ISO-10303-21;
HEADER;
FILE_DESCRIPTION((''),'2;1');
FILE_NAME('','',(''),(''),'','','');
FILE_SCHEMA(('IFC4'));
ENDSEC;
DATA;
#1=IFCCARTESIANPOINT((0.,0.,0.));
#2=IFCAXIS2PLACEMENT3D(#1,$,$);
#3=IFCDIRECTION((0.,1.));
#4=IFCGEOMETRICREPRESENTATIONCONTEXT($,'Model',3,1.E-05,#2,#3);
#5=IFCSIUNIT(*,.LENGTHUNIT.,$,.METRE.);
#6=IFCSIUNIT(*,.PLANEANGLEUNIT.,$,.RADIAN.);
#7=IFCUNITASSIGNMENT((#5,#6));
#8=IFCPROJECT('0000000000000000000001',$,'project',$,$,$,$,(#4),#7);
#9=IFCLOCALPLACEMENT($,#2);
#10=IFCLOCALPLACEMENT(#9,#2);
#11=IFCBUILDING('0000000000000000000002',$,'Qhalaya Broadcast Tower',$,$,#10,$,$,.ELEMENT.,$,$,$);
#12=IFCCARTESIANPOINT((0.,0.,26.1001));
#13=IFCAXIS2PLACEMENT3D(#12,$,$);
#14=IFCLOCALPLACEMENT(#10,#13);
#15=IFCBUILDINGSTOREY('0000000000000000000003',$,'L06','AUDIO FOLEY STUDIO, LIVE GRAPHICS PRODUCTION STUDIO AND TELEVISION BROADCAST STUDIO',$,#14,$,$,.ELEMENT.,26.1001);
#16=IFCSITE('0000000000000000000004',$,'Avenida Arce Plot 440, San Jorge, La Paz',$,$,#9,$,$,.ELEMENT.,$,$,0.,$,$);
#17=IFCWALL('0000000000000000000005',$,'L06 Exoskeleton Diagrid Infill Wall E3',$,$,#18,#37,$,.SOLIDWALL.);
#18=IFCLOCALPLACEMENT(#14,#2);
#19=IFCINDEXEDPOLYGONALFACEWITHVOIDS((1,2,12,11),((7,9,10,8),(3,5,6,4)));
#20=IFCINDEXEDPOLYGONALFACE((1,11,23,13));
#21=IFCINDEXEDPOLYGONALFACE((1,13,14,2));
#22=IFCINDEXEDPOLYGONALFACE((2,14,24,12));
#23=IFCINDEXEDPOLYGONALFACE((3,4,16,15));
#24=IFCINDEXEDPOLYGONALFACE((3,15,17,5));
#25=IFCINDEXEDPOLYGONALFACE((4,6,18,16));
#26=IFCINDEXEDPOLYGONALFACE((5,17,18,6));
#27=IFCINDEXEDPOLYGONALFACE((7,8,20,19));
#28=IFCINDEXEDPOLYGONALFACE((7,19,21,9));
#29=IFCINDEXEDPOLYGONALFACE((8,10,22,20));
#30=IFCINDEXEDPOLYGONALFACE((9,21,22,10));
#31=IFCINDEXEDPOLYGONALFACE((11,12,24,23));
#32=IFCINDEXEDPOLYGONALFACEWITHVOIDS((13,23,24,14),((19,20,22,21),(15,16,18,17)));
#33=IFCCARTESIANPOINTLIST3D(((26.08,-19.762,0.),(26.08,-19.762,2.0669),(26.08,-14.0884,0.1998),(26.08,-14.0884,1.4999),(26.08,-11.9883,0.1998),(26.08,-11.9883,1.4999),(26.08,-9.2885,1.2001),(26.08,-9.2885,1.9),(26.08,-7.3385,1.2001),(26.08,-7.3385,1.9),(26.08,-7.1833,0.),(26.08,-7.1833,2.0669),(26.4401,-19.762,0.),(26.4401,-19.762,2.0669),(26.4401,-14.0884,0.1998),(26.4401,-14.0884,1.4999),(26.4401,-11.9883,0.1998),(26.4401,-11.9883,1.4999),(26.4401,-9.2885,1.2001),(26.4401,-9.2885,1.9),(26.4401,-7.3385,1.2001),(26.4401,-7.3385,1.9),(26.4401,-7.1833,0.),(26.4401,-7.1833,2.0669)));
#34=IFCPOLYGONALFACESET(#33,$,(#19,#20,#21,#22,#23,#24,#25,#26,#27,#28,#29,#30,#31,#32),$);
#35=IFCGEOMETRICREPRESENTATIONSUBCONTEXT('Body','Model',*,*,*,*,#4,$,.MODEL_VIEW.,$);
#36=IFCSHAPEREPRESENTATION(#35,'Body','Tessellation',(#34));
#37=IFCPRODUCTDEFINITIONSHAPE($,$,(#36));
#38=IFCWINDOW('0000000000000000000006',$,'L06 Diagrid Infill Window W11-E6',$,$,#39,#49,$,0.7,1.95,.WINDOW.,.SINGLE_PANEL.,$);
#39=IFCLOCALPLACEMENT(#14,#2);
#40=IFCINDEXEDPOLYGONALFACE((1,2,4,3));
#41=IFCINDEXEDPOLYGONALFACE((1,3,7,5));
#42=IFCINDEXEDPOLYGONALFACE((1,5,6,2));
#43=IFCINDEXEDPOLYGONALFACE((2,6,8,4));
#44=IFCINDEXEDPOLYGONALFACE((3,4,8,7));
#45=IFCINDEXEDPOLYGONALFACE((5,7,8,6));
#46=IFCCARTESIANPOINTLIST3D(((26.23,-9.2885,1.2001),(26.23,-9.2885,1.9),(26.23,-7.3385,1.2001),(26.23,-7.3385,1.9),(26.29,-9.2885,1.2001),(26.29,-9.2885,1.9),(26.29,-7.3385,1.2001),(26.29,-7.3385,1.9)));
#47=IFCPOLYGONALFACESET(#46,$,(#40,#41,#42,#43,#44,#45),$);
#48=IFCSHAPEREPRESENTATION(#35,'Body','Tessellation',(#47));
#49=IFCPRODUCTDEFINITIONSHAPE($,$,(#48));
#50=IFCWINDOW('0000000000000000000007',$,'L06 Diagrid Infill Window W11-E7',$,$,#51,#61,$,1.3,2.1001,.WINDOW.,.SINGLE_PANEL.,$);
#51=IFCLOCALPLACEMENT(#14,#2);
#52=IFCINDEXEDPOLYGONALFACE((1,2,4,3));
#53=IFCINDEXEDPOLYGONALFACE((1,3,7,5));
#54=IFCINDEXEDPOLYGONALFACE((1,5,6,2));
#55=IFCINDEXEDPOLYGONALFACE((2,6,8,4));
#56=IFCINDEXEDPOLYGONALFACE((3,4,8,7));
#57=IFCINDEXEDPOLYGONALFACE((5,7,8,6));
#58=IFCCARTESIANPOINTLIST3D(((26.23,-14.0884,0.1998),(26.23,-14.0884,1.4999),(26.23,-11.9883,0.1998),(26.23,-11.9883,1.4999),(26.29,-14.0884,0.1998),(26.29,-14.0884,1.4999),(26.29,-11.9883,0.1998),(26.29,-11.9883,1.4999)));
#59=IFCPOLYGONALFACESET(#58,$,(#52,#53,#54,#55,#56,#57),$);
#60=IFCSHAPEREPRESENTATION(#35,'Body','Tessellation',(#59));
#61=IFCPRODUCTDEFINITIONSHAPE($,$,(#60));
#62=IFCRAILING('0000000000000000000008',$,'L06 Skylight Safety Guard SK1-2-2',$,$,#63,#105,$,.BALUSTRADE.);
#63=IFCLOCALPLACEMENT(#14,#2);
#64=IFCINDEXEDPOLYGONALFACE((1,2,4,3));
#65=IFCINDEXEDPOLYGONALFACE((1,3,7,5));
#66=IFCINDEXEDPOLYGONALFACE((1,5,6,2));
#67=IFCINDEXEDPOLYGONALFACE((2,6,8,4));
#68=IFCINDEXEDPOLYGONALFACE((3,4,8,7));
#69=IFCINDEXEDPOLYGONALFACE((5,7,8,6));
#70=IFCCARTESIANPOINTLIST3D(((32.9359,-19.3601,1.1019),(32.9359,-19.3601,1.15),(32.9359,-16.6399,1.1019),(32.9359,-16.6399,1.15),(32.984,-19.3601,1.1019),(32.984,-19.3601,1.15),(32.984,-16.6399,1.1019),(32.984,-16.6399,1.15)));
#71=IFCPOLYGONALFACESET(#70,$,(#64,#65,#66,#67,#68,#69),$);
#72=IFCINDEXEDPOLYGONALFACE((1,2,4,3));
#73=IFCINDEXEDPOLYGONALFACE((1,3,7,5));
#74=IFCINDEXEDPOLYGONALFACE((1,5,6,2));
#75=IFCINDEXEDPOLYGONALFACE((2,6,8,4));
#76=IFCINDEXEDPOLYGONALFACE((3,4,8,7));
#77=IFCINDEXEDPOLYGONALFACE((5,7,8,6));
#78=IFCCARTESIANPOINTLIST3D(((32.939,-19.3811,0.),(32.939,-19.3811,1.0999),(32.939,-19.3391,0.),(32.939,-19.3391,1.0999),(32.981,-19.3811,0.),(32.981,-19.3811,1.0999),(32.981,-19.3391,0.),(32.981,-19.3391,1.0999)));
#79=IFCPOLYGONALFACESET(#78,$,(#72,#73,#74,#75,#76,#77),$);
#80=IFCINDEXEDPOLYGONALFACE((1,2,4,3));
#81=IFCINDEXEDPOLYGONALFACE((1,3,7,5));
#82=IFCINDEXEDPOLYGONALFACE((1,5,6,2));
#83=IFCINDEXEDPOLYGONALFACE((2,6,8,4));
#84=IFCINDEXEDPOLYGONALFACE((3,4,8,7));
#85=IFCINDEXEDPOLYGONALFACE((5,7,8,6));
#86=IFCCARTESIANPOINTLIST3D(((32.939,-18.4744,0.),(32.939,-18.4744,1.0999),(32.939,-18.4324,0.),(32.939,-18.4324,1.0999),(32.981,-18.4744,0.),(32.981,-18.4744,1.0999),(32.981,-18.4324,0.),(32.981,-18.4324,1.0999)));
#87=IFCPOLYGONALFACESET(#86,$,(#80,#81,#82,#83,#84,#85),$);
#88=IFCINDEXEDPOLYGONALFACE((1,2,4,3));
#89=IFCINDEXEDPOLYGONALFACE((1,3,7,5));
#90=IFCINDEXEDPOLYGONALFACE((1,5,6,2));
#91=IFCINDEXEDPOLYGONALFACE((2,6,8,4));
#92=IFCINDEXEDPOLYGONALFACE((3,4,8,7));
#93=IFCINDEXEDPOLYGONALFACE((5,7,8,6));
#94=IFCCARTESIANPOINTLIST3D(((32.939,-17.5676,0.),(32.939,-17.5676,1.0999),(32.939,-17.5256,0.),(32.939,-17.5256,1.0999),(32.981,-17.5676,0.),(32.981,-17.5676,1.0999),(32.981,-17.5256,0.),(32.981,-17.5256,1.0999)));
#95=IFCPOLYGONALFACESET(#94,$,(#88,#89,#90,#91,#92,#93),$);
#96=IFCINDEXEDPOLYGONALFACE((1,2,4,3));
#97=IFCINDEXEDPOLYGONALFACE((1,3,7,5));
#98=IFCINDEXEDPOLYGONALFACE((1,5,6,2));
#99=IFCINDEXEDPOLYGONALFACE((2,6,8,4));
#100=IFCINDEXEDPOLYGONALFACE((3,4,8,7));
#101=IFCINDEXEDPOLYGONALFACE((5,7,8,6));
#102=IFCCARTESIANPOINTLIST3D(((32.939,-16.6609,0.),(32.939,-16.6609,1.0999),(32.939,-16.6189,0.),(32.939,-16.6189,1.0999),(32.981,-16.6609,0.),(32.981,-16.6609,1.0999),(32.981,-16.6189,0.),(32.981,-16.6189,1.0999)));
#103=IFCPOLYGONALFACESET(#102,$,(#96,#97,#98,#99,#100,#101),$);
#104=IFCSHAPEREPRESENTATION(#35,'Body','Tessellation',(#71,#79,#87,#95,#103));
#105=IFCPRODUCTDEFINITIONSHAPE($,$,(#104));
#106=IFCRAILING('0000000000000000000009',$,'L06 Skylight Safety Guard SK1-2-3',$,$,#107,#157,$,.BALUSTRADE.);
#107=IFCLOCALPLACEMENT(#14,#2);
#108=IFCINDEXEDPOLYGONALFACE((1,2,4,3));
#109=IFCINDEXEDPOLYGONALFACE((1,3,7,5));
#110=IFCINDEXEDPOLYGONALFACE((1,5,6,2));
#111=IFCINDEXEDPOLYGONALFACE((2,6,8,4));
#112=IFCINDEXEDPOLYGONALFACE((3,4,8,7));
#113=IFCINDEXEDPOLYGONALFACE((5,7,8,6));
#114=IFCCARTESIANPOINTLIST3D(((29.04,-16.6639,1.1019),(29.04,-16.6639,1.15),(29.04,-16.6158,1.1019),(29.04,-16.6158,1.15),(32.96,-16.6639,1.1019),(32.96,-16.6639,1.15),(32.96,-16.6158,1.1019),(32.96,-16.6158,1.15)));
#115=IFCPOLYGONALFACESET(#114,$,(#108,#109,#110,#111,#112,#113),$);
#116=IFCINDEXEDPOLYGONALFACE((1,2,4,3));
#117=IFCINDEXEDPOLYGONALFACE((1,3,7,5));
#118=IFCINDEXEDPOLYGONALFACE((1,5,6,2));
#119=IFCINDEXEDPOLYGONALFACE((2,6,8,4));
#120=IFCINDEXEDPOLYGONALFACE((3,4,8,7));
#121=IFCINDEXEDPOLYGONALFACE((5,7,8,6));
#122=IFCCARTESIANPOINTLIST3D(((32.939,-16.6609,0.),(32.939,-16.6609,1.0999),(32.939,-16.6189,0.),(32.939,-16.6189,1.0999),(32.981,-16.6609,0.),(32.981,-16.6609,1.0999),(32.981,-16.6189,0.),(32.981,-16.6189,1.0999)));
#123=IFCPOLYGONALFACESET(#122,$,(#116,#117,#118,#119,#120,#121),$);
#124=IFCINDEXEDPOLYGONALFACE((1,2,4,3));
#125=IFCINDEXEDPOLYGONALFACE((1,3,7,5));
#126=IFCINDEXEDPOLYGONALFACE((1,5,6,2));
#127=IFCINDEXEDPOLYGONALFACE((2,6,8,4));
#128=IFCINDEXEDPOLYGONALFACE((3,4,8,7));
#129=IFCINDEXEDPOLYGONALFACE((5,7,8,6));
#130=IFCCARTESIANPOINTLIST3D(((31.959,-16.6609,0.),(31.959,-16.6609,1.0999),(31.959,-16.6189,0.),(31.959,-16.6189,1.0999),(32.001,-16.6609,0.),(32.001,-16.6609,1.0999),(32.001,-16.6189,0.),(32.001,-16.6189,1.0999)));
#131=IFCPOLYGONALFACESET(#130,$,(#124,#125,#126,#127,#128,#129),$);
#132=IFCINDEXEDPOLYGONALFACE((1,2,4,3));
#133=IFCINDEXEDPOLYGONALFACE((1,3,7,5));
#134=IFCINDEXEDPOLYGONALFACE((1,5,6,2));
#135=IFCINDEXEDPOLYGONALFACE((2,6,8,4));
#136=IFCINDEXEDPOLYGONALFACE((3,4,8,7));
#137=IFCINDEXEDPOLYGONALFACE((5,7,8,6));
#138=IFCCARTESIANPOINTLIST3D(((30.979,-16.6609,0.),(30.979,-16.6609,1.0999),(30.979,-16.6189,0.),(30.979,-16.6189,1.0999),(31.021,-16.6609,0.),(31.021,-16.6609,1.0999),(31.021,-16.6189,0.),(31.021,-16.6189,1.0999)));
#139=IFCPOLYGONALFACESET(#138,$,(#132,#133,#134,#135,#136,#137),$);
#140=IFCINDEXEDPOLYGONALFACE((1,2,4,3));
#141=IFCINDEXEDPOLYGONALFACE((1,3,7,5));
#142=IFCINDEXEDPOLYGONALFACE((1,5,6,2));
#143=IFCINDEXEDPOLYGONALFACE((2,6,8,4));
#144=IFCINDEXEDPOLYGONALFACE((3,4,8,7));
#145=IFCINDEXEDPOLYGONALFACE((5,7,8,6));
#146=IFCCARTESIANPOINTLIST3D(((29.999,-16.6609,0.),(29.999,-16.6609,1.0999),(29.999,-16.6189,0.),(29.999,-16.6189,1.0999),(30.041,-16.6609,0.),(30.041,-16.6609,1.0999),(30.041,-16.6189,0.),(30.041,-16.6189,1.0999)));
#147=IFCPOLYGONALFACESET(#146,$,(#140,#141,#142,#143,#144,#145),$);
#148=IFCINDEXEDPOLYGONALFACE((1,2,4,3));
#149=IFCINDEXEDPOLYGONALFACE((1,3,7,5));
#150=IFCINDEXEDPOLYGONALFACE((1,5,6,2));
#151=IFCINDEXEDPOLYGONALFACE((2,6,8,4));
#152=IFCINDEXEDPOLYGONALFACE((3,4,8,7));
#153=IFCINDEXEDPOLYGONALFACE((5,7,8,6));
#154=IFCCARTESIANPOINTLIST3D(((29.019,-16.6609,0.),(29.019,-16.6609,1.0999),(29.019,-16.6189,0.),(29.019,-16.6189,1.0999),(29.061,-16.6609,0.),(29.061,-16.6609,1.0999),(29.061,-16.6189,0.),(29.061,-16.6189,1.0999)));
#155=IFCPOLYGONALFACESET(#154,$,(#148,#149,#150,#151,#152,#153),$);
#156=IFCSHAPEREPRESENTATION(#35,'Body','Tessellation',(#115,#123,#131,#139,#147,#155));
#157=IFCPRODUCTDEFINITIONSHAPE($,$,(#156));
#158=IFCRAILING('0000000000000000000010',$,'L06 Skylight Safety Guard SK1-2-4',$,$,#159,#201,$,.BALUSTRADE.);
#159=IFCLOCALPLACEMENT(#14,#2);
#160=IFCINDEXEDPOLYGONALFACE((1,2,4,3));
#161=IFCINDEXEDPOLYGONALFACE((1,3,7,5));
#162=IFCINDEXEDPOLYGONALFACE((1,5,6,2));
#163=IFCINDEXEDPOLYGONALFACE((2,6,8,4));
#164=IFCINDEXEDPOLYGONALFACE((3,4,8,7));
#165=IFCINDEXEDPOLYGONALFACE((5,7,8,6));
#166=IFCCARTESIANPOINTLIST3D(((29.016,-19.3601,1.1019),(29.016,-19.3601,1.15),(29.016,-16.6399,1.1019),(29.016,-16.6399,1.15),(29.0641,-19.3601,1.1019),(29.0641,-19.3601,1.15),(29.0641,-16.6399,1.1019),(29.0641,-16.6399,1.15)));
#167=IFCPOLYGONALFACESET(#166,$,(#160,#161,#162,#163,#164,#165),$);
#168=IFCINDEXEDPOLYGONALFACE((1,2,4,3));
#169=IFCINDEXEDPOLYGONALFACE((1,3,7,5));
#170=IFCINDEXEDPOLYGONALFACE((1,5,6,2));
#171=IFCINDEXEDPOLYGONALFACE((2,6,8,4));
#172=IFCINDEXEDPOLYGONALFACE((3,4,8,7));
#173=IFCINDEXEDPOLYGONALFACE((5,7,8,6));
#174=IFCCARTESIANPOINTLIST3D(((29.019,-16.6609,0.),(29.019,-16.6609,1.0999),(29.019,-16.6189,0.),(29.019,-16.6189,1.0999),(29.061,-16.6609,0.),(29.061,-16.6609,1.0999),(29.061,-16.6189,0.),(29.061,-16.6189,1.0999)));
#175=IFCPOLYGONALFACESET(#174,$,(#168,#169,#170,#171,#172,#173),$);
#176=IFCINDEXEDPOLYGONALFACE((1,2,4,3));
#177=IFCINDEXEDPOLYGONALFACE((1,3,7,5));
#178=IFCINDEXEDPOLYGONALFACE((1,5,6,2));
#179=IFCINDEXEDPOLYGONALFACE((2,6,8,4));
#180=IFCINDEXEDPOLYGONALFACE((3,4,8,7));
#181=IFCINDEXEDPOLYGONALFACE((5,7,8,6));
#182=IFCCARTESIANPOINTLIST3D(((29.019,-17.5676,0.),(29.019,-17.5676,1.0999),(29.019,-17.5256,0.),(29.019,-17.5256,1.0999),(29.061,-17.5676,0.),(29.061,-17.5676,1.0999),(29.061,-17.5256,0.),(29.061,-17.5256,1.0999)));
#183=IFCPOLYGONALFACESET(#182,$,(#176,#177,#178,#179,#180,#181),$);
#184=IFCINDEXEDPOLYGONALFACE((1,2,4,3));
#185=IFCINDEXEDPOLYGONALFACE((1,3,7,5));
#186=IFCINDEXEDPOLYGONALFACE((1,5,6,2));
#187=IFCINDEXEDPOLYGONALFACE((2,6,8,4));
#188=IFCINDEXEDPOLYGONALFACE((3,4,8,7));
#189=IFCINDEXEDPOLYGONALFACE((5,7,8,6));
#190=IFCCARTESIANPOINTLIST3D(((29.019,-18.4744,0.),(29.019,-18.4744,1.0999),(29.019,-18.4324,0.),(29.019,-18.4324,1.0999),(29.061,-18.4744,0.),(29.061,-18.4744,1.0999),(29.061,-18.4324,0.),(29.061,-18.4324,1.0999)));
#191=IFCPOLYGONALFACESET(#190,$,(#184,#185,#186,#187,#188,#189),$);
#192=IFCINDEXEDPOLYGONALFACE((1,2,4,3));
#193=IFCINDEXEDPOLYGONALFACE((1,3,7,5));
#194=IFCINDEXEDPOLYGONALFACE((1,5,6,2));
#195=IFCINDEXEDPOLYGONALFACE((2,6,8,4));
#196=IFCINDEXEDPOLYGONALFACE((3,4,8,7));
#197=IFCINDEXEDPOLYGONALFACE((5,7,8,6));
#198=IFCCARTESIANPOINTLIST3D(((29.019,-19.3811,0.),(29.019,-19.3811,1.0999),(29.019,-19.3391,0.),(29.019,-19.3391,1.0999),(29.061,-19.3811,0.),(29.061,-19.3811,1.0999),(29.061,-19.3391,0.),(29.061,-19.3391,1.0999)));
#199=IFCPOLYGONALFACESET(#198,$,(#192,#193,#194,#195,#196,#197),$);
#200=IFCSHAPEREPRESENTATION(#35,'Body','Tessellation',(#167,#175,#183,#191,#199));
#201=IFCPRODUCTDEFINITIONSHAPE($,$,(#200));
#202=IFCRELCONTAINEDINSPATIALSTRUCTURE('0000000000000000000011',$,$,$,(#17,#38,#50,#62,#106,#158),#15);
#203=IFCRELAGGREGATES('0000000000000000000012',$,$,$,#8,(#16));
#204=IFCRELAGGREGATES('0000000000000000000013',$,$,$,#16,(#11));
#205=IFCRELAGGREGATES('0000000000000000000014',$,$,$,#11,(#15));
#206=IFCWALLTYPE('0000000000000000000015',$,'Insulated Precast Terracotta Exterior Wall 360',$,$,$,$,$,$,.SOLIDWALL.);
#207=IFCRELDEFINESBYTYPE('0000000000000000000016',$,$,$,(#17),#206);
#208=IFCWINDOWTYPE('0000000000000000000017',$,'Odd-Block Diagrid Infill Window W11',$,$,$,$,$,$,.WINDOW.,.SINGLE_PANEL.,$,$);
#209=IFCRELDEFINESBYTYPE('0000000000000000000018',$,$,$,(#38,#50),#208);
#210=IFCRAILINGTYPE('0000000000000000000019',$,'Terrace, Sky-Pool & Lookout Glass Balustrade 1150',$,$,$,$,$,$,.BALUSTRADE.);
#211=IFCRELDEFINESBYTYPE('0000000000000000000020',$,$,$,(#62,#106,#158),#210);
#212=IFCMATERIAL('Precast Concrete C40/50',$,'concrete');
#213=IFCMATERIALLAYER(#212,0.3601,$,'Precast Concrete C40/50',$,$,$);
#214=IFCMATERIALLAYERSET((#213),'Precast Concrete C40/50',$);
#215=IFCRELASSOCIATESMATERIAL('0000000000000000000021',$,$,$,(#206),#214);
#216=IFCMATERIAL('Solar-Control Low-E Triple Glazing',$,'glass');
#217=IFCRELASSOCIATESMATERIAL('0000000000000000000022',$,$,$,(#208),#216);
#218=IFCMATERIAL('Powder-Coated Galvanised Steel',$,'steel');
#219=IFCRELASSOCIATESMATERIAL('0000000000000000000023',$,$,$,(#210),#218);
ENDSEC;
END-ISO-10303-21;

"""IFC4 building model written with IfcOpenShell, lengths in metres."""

from ifc_helpers import new_model, si_unit, direction, frame, frame_2d, origin, origin_2d, place, context, subcontext, project, spatial, rectangle, extrude, material, layer, layer_set, type_object, element, fill, save


model = new_model("IFC4")

# Units and contexts
model_context = context("Model", 3, precision=1e-05, world=origin(), true_north=direction((0.0, 1.0)))
body_context = subcontext(model_context, "Body", "Model", "MODEL_VIEW")
ifc_project = project(units=[si_unit("LENGTHUNIT", "METRE"), si_unit("PLANEANGLEUNIT", "RADIAN")], contexts=[model_context])

# Site, building, storey
site_placement = place(None, origin())
site = spatial("IfcSite", under=ifc_project, at=site_placement, Name="Avenida Arce Plot 440, San Jorge, La Paz", CompositionType="ELEMENT", RefElevation=0.0)
building_placement = place(site_placement, origin())
building = spatial("IfcBuilding", under=site, at=building_placement, Name="Qhalaya Broadcast Tower", CompositionType="ELEMENT")
storey_placement = place(building_placement, frame((0.0, 0.0, 26.1001)))
storey = spatial("IfcBuildingStorey", under=building, at=storey_placement, Name="L06", Description="AUDIO FOLEY STUDIO, LIVE GRAPHICS PRODUCTION STUDIO AND TELEVISION BROADCAST STUDIO", CompositionType="ELEMENT", Elevation=26.1001)

# Wall, openings, windows
ifc_material_1 = material(Name="Precast Concrete C40/50", Category="concrete")
ifc_layer_1 = layer(ifc_material_1, 0.3601, Name="Precast Concrete C40/50")
ifc_layer_set_1 = layer_set([ifc_layer_1], Name="Precast Concrete C40/50")
wall_type = type_object("IfcWallType", Name="Insulated Precast Terracotta Exterior Wall 360", PredefinedType="SOLIDWALL", material=ifc_layer_set_1)
wall_placement = place(storey_placement, frame((26.26, -7.1833, 0.0), z_axis=(0.0, 0.0, 1.0), x_axis=(0.0, -1.0, 0.0)))
wall = element("IfcWall", 1, at=wall_placement, inside=storey, type_object=wall_type, Name="L06 Exoskeleton Diagrid Infill Wall E3", PredefinedType="SOLIDWALL", context=body_context, shape_type="SweptSolid", body=[
    extrude(rectangle(XDim=12.5786, YDim=0.3601, at=frame_2d((6.2893, 0.0))), origin(), (0.0, 0.0, 1.0), 2.0669),
])
opening_1_placement = place(wall_placement, frame((0.155, 0.0, 1.2)))
opening_1 = element("IfcOpeningElement", 2, at=opening_1_placement, cuts=wall, PredefinedType="OPENING", context=body_context, shape_type="SweptSolid", body=[
    extrude(rectangle(XDim=1.95, YDim=0.7, at=frame_2d((0.9751, 0.3501))), frame((0.0, 0.1921, 0.0), z_axis=(0.0, -1.0, 0.0), x_axis=(1.0, 0.0, 0.0)), (0.0, 0.0, 1.0), 0.384),
])
opening_2_placement = place(wall_placement, frame((4.8049, 0.0, 0.2)))
opening_2 = element("IfcOpeningElement", 3, at=opening_2_placement, cuts=wall, PredefinedType="OPENING", context=body_context, shape_type="SweptSolid", body=[
    extrude(rectangle(XDim=2.1001, YDim=1.3, at=frame_2d((1.05, 0.6499))), frame((0.0, 0.1921, 0.0), z_axis=(0.0, -1.0, 0.0), x_axis=(1.0, 0.0, 0.0)), (0.0, 0.0, 1.0), 0.384),
])
ifc_material_2 = material(Name="Solar-Control Low-E Triple Glazing", Category="glass")
window_type = type_object("IfcWindowType", Name="Odd-Block Diagrid Infill Window W11", PartitioningType="SINGLE_PANEL", PredefinedType="WINDOW", material=ifc_material_2)
window_1_placement = place(opening_1_placement, origin())
window_1 = element("IfcWindow", 4, at=window_1_placement, inside=storey, type_object=window_type, Name="L06 Diagrid Infill Window W11-E6", OverallHeight=0.7, OverallWidth=1.95, PartitioningType="SINGLE_PANEL", PredefinedType="WINDOW", context=body_context, shape_type="SweptSolid", body=[
    extrude(rectangle(XDim=1.95, YDim=0.7, at=frame_2d((0.9751, 0.3501))), frame((0.0, 0.03, 0.0), z_axis=(0.0, -1.0, 0.0), x_axis=(1.0, 0.0, 0.0)), (0.0, 0.0, 1.0), 0.0601),
])
fill(opening_1, window_1)
window_2_placement = place(opening_2_placement, origin())
window_2 = element("IfcWindow", 5, at=window_2_placement, inside=storey, type_object=window_type, Name="L06 Diagrid Infill Window W11-E7", OverallHeight=1.3, OverallWidth=2.1001, PartitioningType="SINGLE_PANEL", PredefinedType="WINDOW", context=body_context, shape_type="SweptSolid", body=[
    extrude(rectangle(XDim=2.1001, YDim=1.3, at=frame_2d((1.05, 0.6499))), frame((0.0, 0.03, 0.0), z_axis=(0.0, -1.0, 0.0), x_axis=(1.0, 0.0, 0.0)), (0.0, 0.0, 1.0), 0.0601),
])
fill(opening_2, window_2)

# Railings
ifc_material_3 = material(Name="Powder-Coated Galvanised Steel", Category="steel")
railing_type = type_object("IfcRailingType", Name="Terrace, Sky-Pool & Lookout Glass Balustrade 1150", PredefinedType="BALUSTRADE", material=ifc_material_3)
railing_1_placement = place(storey_placement, frame((32.96, -19.3601, 0.0)))
element("IfcRailing", 6, at=railing_1_placement, inside=storey, type_object=railing_type, Name="L06 Skylight Safety Guard SK1-2-2", PredefinedType="BALUSTRADE", context=body_context, shape_type="SweptSolid", body=[
    extrude(rectangle(XDim=0.0481, YDim=0.0481, at=origin_2d()), frame((0.0, 0.0, 1.126), z_axis=(0.0, 1.0, 0.0), x_axis=(-1.0, 0.0, 0.0)), (0.0, 0.0, 1.0), 2.7202),
    extrude(rectangle(XDim=0.042, YDim=0.042, at=origin_2d()), origin(), (0.0, 0.0, 1.0), 1.0999),
    extrude(rectangle(XDim=0.042, YDim=0.042, at=origin_2d()), frame((0.0, 0.9067, 0.0)), (0.0, 0.0, 1.0), 1.0999),
    extrude(rectangle(XDim=0.042, YDim=0.042, at=origin_2d()), frame((0.0, 1.8135, 0.0)), (0.0, 0.0, 1.0), 1.0999),
    extrude(rectangle(XDim=0.042, YDim=0.042, at=origin_2d()), frame((0.0, 2.7202, 0.0)), (0.0, 0.0, 1.0), 1.0999),
])
railing_2_placement = place(storey_placement, frame((32.96, -16.6399, 0.0)))
element("IfcRailing", 7, at=railing_2_placement, inside=storey, type_object=railing_type, Name="L06 Skylight Safety Guard SK1-2-3", PredefinedType="BALUSTRADE", context=body_context, shape_type="SweptSolid", body=[
    extrude(rectangle(XDim=0.0481, YDim=0.0481, at=origin_2d()), frame((0.0, 0.0, 1.126), z_axis=(-1.0, 0.0, 0.0), x_axis=(0.0, -1.0, 0.0)), (0.0, 0.0, 1.0), 3.9199),
    extrude(rectangle(XDim=0.042, YDim=0.042, at=origin_2d()), origin(), (0.0, 0.0, 1.0), 1.0999),
    extrude(rectangle(XDim=0.042, YDim=0.042, at=origin_2d()), frame((-0.98, 0.0, 0.0)), (0.0, 0.0, 1.0), 1.0999),
    extrude(rectangle(XDim=0.042, YDim=0.042, at=origin_2d()), frame((-1.96, 0.0, 0.0)), (0.0, 0.0, 1.0), 1.0999),
    extrude(rectangle(XDim=0.042, YDim=0.042, at=origin_2d()), frame((-2.9399, 0.0, 0.0)), (0.0, 0.0, 1.0), 1.0999),
    extrude(rectangle(XDim=0.042, YDim=0.042, at=origin_2d()), frame((-3.9199, 0.0, 0.0)), (0.0, 0.0, 1.0), 1.0999),
])
railing_3_placement = place(storey_placement, frame((29.04, -16.6399, 0.0)))
element("IfcRailing", 8, at=railing_3_placement, inside=storey, type_object=railing_type, Name="L06 Skylight Safety Guard SK1-2-4", PredefinedType="BALUSTRADE", context=body_context, shape_type="SweptSolid", body=[
    extrude(rectangle(XDim=0.0481, YDim=0.0481, at=origin_2d()), frame((0.0, 0.0, 1.126), z_axis=(0.0, -1.0, 0.0), x_axis=(1.0, 0.0, 0.0)), (0.0, 0.0, 1.0), 2.7202),
    extrude(rectangle(XDim=0.042, YDim=0.042, at=origin_2d()), origin(), (0.0, 0.0, 1.0), 1.0999),
    extrude(rectangle(XDim=0.042, YDim=0.042, at=origin_2d()), frame((0.0, -0.9067, 0.0)), (0.0, 0.0, 1.0), 1.0999),
    extrude(rectangle(XDim=0.042, YDim=0.042, at=origin_2d()), frame((0.0, -1.8135, 0.0)), (0.0, 0.0, 1.0), 1.0999),
    extrude(rectangle(XDim=0.042, YDim=0.042, at=origin_2d()), frame((0.0, -2.7202, 0.0)), (0.0, 0.0, 1.0), 1.0999),
])

save(model, "model.ifc")
